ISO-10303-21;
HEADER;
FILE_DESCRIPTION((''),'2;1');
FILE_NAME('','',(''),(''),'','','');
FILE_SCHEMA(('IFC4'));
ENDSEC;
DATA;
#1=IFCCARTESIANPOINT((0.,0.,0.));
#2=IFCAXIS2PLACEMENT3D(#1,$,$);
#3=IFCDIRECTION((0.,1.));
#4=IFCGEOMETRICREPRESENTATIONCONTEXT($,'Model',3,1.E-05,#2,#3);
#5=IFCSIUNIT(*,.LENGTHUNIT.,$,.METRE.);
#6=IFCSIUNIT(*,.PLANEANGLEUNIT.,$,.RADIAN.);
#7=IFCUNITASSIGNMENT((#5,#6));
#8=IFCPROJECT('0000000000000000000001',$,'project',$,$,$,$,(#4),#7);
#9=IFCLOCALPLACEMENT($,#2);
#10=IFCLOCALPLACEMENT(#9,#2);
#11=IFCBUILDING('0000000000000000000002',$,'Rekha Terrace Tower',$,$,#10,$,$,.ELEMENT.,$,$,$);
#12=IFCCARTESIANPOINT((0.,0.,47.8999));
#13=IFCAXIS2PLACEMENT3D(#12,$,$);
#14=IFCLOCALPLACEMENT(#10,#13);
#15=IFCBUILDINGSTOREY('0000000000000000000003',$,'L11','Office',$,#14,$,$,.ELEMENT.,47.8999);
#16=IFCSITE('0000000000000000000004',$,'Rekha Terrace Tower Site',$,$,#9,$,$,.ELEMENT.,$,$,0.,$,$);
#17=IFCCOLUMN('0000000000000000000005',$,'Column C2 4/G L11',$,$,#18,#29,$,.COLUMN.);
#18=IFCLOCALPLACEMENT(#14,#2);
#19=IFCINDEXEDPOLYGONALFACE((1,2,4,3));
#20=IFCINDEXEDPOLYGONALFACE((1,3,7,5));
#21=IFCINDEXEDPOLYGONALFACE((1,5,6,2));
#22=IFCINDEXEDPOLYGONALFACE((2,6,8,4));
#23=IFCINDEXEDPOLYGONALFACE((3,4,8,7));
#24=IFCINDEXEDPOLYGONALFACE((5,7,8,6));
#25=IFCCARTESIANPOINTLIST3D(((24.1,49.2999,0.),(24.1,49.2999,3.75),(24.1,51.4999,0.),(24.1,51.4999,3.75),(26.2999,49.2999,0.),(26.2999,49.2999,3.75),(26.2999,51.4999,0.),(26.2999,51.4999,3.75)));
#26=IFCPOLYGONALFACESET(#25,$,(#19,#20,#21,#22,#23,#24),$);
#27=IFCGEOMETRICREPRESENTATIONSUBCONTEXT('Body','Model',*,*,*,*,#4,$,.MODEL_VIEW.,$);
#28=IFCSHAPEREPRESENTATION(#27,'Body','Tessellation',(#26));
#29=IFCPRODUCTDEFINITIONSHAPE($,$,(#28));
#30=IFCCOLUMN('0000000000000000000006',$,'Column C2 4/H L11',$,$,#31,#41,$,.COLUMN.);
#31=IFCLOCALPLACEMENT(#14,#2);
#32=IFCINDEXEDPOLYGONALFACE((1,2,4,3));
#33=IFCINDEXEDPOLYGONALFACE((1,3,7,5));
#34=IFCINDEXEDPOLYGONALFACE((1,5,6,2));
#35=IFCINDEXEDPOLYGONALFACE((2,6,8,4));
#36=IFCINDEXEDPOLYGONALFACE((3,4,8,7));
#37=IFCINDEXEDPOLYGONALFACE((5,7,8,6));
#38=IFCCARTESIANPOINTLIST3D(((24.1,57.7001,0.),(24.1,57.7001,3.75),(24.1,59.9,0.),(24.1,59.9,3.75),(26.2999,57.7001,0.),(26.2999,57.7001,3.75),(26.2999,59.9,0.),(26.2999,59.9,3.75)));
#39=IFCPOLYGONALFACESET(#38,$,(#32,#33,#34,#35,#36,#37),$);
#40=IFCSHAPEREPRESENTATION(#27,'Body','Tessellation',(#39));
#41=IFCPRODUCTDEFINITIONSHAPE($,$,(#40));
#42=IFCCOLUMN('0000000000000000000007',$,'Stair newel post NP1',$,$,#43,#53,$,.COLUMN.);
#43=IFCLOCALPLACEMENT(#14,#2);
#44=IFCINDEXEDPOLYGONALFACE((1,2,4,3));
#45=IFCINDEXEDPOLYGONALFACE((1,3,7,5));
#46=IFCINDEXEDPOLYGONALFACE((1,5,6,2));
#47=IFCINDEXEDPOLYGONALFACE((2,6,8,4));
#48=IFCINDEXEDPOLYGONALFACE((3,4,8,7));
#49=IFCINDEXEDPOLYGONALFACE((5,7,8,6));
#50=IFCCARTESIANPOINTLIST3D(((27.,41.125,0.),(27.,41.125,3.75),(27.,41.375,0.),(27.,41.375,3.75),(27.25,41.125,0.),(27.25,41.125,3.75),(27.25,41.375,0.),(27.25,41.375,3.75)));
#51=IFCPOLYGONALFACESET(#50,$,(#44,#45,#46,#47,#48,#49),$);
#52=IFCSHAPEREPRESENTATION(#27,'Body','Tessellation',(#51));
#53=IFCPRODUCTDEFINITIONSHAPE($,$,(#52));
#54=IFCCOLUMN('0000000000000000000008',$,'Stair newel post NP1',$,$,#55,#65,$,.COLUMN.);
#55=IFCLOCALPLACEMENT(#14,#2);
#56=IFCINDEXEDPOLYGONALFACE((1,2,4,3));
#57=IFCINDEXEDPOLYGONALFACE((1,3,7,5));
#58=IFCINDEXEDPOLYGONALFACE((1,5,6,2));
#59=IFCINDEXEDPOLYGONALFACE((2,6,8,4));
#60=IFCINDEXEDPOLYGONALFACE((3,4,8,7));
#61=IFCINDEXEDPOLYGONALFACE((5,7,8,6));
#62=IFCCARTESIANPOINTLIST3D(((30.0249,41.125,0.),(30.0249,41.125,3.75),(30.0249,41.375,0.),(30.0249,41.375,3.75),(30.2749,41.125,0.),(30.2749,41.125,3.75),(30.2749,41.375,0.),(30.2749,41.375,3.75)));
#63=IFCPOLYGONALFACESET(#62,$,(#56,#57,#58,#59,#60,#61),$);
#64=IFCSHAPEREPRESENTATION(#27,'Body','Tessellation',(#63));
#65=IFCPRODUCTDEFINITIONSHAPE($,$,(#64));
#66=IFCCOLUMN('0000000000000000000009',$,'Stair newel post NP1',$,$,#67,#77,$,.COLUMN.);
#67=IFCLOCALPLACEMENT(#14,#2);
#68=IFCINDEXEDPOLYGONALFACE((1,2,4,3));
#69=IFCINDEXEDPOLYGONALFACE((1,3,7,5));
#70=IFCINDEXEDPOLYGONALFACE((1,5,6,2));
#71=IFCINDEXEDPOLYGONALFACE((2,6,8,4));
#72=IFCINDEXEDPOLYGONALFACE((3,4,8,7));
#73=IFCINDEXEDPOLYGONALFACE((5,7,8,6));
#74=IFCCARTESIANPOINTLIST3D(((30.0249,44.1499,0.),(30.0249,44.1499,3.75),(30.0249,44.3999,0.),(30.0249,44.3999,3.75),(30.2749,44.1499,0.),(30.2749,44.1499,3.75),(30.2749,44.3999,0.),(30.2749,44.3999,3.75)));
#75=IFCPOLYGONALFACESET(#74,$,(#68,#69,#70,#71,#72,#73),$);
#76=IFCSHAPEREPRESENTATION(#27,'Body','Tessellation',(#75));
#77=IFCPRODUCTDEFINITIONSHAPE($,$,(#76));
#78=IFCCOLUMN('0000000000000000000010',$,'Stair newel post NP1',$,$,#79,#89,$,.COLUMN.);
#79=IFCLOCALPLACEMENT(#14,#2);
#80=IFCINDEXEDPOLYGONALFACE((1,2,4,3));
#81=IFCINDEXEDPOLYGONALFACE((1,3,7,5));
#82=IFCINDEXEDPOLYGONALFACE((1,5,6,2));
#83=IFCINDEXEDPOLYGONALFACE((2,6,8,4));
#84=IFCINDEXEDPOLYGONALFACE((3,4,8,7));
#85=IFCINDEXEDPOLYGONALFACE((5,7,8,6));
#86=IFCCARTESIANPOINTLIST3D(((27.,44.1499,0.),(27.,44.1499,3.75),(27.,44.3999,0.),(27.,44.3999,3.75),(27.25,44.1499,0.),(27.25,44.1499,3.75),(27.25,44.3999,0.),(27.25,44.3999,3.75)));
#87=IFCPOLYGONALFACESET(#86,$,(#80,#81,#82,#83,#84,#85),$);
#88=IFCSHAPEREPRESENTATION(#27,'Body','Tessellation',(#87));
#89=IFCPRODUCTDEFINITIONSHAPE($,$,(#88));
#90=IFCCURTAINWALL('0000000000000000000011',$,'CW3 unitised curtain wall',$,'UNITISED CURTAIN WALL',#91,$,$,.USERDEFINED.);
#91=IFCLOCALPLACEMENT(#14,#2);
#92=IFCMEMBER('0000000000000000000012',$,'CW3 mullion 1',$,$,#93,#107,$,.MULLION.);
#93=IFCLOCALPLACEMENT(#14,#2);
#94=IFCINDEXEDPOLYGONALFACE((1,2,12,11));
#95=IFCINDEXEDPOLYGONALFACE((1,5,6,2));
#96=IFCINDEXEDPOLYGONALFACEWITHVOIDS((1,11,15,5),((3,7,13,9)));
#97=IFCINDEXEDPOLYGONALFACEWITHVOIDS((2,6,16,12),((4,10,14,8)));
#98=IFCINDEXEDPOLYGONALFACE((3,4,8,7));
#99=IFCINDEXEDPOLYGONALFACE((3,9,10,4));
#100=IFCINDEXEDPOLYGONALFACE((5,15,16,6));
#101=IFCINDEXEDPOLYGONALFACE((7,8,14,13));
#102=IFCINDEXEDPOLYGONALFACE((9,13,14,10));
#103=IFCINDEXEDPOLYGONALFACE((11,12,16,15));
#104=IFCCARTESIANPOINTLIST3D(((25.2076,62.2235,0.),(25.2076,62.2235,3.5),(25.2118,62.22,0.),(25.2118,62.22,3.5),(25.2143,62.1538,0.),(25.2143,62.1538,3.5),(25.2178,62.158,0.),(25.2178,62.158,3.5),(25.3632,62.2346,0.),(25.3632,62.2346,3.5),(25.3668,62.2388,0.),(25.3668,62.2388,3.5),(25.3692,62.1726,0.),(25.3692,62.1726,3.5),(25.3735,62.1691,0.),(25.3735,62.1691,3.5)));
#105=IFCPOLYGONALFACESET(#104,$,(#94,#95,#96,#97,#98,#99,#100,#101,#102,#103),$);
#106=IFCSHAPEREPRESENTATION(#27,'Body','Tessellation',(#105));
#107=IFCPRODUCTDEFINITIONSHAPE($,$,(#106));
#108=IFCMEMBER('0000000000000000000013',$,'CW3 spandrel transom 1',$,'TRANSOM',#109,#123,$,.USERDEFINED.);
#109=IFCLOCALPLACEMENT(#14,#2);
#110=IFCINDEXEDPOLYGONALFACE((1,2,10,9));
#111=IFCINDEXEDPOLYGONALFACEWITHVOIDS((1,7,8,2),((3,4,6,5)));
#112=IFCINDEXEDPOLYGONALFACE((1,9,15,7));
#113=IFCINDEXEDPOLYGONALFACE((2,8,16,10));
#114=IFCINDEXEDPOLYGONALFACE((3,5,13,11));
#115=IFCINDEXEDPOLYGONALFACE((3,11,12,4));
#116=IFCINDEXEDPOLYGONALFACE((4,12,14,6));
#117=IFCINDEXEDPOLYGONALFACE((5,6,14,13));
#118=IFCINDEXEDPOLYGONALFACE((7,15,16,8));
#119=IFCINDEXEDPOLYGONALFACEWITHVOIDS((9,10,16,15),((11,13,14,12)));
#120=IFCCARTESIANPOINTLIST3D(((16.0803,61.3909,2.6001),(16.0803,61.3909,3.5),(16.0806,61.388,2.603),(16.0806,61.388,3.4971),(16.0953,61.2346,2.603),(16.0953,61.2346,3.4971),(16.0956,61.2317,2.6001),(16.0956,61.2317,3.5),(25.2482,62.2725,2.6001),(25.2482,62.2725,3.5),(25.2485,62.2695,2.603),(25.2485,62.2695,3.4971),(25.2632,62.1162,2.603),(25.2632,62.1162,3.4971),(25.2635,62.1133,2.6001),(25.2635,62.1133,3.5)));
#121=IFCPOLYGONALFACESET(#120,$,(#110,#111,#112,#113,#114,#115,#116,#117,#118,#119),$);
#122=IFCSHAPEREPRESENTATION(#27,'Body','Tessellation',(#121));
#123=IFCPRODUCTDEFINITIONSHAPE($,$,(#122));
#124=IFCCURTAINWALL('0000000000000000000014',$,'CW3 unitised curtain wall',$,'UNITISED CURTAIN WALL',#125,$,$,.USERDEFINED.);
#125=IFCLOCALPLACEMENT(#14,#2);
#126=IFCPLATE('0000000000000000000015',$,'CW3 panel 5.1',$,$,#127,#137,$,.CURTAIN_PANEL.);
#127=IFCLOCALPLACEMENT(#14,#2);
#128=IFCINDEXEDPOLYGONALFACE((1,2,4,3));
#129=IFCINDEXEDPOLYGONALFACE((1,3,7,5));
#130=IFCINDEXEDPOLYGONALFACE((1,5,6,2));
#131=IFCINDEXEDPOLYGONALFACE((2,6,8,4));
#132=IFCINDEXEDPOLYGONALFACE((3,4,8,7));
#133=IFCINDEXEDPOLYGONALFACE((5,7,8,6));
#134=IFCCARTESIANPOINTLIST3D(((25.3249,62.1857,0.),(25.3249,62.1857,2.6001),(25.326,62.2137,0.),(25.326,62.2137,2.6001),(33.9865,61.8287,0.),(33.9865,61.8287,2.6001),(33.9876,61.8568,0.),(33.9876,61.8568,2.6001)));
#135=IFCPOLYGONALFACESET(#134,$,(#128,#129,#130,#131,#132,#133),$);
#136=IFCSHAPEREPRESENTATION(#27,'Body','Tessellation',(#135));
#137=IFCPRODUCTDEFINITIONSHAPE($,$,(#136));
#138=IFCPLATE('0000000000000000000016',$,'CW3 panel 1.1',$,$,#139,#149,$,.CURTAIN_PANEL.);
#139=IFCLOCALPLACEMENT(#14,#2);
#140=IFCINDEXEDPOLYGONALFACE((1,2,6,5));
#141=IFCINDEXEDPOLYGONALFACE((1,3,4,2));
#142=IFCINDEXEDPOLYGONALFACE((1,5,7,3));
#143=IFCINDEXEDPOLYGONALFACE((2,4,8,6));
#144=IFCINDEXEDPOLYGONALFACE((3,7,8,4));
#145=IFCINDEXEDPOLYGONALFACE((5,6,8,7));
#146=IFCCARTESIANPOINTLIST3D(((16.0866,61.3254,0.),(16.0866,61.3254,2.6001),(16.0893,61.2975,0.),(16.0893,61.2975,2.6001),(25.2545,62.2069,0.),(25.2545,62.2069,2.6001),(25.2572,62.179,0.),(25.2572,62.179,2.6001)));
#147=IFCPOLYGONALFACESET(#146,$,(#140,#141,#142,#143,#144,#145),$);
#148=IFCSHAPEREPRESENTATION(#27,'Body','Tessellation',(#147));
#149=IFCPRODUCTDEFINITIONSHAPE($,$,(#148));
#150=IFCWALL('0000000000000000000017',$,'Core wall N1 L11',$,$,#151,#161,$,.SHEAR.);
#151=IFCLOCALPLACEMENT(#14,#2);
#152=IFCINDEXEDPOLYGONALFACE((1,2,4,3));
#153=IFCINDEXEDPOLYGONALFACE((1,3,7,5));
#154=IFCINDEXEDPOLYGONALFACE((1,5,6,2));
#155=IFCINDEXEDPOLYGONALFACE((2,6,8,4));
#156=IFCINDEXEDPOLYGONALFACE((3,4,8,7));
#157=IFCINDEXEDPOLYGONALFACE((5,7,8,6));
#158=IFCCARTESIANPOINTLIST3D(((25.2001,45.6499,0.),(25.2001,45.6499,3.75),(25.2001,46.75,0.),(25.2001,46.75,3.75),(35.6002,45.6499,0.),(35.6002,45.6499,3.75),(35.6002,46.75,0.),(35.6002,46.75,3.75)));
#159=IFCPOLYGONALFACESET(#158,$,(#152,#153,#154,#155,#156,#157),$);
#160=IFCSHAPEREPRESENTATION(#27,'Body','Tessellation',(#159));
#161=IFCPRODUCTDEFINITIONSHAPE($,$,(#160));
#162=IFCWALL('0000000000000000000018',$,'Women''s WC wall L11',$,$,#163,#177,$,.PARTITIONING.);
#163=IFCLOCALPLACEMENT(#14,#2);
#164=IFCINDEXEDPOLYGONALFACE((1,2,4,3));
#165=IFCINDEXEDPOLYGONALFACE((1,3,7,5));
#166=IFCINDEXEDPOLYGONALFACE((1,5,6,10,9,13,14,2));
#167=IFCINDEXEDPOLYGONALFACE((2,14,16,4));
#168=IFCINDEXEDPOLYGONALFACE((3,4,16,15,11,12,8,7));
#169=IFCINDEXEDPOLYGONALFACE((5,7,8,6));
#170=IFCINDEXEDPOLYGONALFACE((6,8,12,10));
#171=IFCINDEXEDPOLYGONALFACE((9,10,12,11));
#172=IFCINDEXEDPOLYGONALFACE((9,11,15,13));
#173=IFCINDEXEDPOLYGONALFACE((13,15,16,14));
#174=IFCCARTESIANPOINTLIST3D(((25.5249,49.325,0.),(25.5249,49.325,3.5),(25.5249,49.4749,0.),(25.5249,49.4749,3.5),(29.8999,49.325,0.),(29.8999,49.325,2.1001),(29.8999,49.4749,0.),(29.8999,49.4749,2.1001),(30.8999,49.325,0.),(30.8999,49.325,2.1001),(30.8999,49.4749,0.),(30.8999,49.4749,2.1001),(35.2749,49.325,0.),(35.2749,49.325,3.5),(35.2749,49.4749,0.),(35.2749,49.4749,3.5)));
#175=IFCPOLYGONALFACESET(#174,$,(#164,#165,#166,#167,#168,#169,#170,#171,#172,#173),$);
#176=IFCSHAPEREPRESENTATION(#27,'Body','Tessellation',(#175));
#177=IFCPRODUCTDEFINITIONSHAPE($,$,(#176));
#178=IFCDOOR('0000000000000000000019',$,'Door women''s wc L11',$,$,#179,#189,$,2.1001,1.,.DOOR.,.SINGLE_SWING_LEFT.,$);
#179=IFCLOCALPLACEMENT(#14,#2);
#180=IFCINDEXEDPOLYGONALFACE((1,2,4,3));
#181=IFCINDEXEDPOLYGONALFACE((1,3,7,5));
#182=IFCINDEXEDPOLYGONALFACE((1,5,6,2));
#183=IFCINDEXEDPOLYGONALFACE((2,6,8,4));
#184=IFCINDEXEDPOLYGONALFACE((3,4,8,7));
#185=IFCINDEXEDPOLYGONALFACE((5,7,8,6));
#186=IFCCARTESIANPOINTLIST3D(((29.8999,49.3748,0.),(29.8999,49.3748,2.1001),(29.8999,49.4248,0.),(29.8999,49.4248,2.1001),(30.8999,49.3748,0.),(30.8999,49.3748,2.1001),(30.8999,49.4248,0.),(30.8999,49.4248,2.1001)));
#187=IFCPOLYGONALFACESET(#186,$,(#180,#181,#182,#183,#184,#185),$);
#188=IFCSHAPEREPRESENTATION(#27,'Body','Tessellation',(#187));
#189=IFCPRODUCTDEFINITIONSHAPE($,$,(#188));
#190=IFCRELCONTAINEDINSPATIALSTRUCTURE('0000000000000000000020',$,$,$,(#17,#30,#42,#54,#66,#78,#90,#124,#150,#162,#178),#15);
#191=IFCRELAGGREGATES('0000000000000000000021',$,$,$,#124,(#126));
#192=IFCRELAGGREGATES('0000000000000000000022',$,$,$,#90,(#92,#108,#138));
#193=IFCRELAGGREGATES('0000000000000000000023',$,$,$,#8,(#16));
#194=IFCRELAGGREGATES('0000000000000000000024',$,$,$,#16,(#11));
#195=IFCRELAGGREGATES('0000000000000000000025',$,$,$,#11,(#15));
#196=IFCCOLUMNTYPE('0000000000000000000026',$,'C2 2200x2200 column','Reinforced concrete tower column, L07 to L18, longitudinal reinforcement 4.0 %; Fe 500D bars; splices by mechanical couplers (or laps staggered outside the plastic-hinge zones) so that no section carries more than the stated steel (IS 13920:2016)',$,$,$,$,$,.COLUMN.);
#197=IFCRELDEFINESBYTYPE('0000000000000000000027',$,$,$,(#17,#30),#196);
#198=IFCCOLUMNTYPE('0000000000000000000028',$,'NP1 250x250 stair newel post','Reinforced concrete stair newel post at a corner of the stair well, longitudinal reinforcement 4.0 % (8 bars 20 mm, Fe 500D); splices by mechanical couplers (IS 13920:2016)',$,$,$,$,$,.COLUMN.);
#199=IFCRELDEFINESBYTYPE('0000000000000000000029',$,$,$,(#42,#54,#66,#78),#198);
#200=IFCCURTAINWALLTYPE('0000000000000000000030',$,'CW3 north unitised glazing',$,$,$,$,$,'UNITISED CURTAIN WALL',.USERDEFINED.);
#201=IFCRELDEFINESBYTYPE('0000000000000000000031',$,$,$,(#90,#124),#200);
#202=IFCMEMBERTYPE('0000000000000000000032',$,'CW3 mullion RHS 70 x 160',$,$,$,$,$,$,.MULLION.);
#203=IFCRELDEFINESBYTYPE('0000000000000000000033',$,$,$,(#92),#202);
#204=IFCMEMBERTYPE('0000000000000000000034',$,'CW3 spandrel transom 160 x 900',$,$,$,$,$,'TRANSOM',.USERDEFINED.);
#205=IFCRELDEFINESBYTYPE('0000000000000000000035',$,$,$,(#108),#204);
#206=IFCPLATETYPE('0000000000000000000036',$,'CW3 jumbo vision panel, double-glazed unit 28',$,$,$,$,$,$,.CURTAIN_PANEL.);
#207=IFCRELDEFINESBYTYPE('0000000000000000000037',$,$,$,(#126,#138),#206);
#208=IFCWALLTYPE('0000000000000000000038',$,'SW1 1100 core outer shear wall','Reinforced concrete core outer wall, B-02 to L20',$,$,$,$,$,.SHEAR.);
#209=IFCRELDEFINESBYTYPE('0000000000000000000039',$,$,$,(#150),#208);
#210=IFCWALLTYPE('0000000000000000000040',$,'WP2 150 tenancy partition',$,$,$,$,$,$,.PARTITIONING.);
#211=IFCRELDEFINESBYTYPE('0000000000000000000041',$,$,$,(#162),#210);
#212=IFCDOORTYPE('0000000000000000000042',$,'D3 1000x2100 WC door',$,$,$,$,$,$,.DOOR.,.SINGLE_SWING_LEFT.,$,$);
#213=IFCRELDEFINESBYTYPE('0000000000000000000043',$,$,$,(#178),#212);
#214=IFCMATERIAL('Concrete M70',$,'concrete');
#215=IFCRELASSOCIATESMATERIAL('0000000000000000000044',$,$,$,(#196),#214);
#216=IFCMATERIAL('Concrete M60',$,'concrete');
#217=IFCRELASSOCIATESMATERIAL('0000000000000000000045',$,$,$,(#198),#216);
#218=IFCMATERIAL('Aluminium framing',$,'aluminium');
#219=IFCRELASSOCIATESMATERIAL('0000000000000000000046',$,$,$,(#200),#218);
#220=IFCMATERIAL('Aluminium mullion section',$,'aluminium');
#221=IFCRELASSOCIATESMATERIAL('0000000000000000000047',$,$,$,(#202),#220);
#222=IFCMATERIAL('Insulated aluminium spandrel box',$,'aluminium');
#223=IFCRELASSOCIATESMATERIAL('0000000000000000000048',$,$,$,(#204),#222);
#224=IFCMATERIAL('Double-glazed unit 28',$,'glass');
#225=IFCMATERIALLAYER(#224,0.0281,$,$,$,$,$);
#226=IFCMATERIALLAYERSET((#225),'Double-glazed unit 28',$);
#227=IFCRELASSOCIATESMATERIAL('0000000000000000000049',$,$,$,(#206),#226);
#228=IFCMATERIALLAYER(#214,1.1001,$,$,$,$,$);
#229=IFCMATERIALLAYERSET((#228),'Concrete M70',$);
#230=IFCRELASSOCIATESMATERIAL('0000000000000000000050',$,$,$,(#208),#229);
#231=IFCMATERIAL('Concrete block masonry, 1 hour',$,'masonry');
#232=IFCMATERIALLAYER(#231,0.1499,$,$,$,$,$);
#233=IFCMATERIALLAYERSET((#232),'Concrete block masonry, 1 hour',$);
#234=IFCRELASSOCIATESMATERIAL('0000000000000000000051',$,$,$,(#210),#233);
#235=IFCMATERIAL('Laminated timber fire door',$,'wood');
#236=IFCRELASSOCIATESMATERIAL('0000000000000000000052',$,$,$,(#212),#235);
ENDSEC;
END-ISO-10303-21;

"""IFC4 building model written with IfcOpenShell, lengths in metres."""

from ifc_helpers import new_model, si_unit, direction, frame, frame_2d, origin, origin_2d, place, context, subcontext, project, spatial, rectangle, hollow_rectangle, extrude, material, layer, layer_set, material_profile, profile_set, type_object, element, fill, aggregate, save


model = new_model("IFC4")

# Units and contexts
model_context = context("Model", 3, precision=1e-05, world=origin(), true_north=direction((0.0, 1.0)))
body_context = subcontext(model_context, "Body", "Model", "MODEL_VIEW")
ifc_project = project(units=[si_unit("LENGTHUNIT", "METRE"), si_unit("PLANEANGLEUNIT", "RADIAN")], contexts=[model_context])

# Site, building, storey
site_placement = place(None, origin())
site = spatial("IfcSite", under=ifc_project, at=site_placement, Name="Rekha Terrace Tower Site", CompositionType="ELEMENT", RefElevation=0.0)
building_placement = place(site_placement, origin())
building = spatial("IfcBuilding", under=site, at=building_placement, Name="Rekha Terrace Tower", CompositionType="ELEMENT")
storey_placement = place(building_placement, frame((0.0, 0.0, 47.8999)))
storey = spatial("IfcBuildingStorey", under=building, at=storey_placement, Name="L11", Description="Office", CompositionType="ELEMENT", Elevation=47.8999)

# Columns
ifc_material_1 = material(Name="Concrete M70", Category="concrete")
ifc_material_profile_1 = material_profile(ifc_material_1, rectangle(XDim=2.2, YDim=2.2, at=origin_2d()), Name="RC 2200x2200")
ifc_profile_set_1 = profile_set([ifc_material_profile_1], Name="Concrete M70")
column_type_1 = type_object("IfcColumnType", Name="C2 2200x2200 column", Description="Reinforced concrete tower column, L07 to L18, longitudinal reinforcement 4.0 %; Fe 500D bars; splices by mechanical couplers (or laps staggered outside the plastic-hinge zones) so that no section carries more than the stated steel (IS 13920:2016)", PredefinedType="COLUMN", material=ifc_profile_set_1)
for number, where, z_axis, x_axis, name in (
    (1, (25.2, 50.3999, 0.0), (0.0, 0.0, 1.0), (1.0, 0.0, 0.0), "Column C2 4/G L11"),
    (2, (25.2, 58.8, 0.0), (0.0, 0.0, 1.0), (1.0, 0.0, 0.0), "Column C2 4/H L11"),
):
    element("IfcColumn", number, at=place(storey_placement, frame(where, z_axis=z_axis, x_axis=x_axis)), inside=storey, type_object=column_type_1, Name=name, PredefinedType="COLUMN", context=body_context, shape_type="SweptSolid", body=[
        extrude(rectangle(XDim=2.2, YDim=2.2, at=origin_2d()), origin(), (0.0, 0.0, 1.0), 3.75),
    ])
ifc_material_2 = material(Name="Concrete M60", Category="concrete")
ifc_material_profile_2 = material_profile(ifc_material_2, rectangle(XDim=0.25, YDim=0.25, at=origin_2d()), Name="RC 250x250")
ifc_profile_set_2 = profile_set([ifc_material_profile_2], Name="Concrete M60")
column_type_2 = type_object("IfcColumnType", Name="NP1 250x250 stair newel post", Description="Reinforced concrete stair newel post at a corner of the stair well, longitudinal reinforcement 4.0 % (8 bars 20 mm, Fe 500D); splices by mechanical couplers (IS 13920:2016)", PredefinedType="COLUMN", material=ifc_profile_set_2)
for number, where, z_axis, x_axis, name in (
    (3, (27.125, 41.25, 0.0), (0.0, 0.0, 1.0), (1.0, 0.0, 0.0), "Stair newel post NP1"),
    (4, (30.1499, 41.25, 0.0), (0.0, 0.0, 1.0), (1.0, 0.0, 0.0), "Stair newel post NP1"),
    (5, (30.1499, 44.2749, 0.0), (0.0, 0.0, 1.0), (1.0, 0.0, 0.0), "Stair newel post NP1"),
    (6, (27.125, 44.2749, 0.0), (0.0, 0.0, 1.0), (1.0, 0.0, 0.0), "Stair newel post NP1"),
):
    element("IfcColumn", number, at=place(storey_placement, frame(where, z_axis=z_axis, x_axis=x_axis)), inside=storey, type_object=column_type_2, Name=name, PredefinedType="COLUMN", context=body_context, shape_type="SweptSolid", body=[
        extrude(rectangle(XDim=0.25, YDim=0.25, at=origin_2d()), origin(), (0.0, 0.0, 1.0), 3.75),
    ])

# Curtain wall, members
ifc_material_3 = material(Name="Aluminium framing", Category="aluminium")
curtain_wall_type = type_object("IfcCurtainWallType", Name="CW3 north unitised glazing", ElementType="UNITISED CURTAIN WALL", PredefinedType="USERDEFINED", material=ifc_material_3)
curtain_wall_1_placement = place(storey_placement, origin())
curtain_wall_1 = element("IfcCurtainWall", 7, at=curtain_wall_1_placement, inside=storey, type_object=curtain_wall_type, Name="CW3 unitised curtain wall", ObjectType="UNITISED CURTAIN WALL", PredefinedType="USERDEFINED")
ifc_material_4 = material(Name="Aluminium mullion section", Category="aluminium")
ifc_material_profile_3 = material_profile(ifc_material_4, hollow_rectangle(XDim=0.0701, YDim=0.1599, WallThickness=0.0039, at=origin_2d()), Name="AL RHS 70x160")
ifc_profile_set_3 = profile_set([ifc_material_profile_3], Name="Aluminium mullion section")
member_type_1 = type_object("IfcMemberType", Name="CW3 mullion RHS 70 x 160", PredefinedType="MULLION", material=ifc_profile_set_3)
member_1_placement = place(storey_placement, frame((25.2905, 62.1963, 0.0), z_axis=(0.0, 0.0, 1.0), x_axis=(0.095712, -0.995409, 0.0)))
member_1 = element("IfcMember", 8, at=member_1_placement, type_object=member_type_1, Name="CW3 mullion 1", PredefinedType="MULLION", context=body_context, shape_type="SweptSolid", body=[
    extrude(hollow_rectangle(XDim=0.0701, YDim=0.1599, WallThickness=0.0039, at=origin_2d()), origin(), (0.0, 0.0, 1.0), 3.5),
])
ifc_material_5 = material(Name="Insulated aluminium spandrel box", Category="aluminium")
ifc_material_profile_4 = material_profile(ifc_material_5, hollow_rectangle(XDim=0.1599, YDim=0.8999, WallThickness=0.0029, at=origin_2d()), Name="AL SPANDREL BOX 160x900")
ifc_profile_set_4 = profile_set([ifc_material_profile_4], Name="Insulated aluminium spandrel box")
member_type_2 = type_object("IfcMemberType", Name="CW3 spandrel transom 160 x 900", ElementType="TRANSOM", PredefinedType="USERDEFINED", material=ifc_profile_set_4)
member_2_placement = place(storey_placement, frame((25.2559, 62.1929, 3.05), z_axis=(-0.995408, -0.095718, 0.0), x_axis=(0.095718, -0.995408, 0.0)))
member_2 = element("IfcMember", 9, at=member_2_placement, type_object=member_type_2, Name="CW3 spandrel transom 1", ObjectType="TRANSOM", PredefinedType="USERDEFINED", context=body_context, shape_type="SweptSolid", body=[
    extrude(hollow_rectangle(XDim=0.1599, YDim=0.8999, WallThickness=0.0029, at=origin_2d()), origin(), (0.0, 0.0, 1.0), 9.2102),
])

# Curtain wall, plate
curtain_wall_2_placement = place(storey_placement, origin())
curtain_wall_2 = element("IfcCurtainWall", 10, at=curtain_wall_2_placement, inside=storey, type_object=curtain_wall_type, Name="CW3 unitised curtain wall", ObjectType="UNITISED CURTAIN WALL", PredefinedType="USERDEFINED")
ifc_material_6 = material(Name="Double-glazed unit 28", Category="glass")
ifc_layer_1 = layer(ifc_material_6, 0.0281)
ifc_layer_set_1 = layer_set([ifc_layer_1], Name="Double-glazed unit 28")
plate_type = type_object("IfcPlateType", Name="CW3 jumbo vision panel, double-glazed unit 28", PredefinedType="CURTAIN_PANEL", material=ifc_layer_set_1)
plate_1_placement = place(storey_placement, frame((29.6562, 62.0212, 0.0), z_axis=(0.0, 0.0, 1.0), x_axis=(-0.999152, 0.041174, 0.0)))
plate_1 = element("IfcPlate", 11, at=plate_1_placement, type_object=plate_type, Name="CW3 panel 5.1", PredefinedType="CURTAIN_PANEL", context=body_context, shape_type="SweptSolid", body=[
    extrude(rectangle(XDim=8.6689, YDim=0.0281, at=origin_2d()), origin(), (0.0, 0.0, 1.0), 2.6001),
])
aggregate(curtain_wall_2, [plate_1])

# Plate
plate_2_placement = place(storey_placement, frame((20.6719, 61.7522, 0.0), z_axis=(0.0, 0.0, 1.0), x_axis=(-0.995409, -0.095712, 0.0)))
plate_2 = element("IfcPlate", 12, at=plate_2_placement, type_object=plate_type, Name="CW3 panel 1.1", PredefinedType="CURTAIN_PANEL", context=body_context, shape_type="SweptSolid", body=[
    extrude(rectangle(XDim=9.2102, YDim=0.0281, at=origin_2d()), origin(), (0.0, 0.0, 1.0), 2.6001),
])
aggregate(curtain_wall_1, [member_1, member_2, plate_2])

# Wall
ifc_layer_2 = layer(ifc_material_1, 1.1001)
ifc_layer_set_2 = layer_set([ifc_layer_2], Name="Concrete M70")
wall_type_1 = type_object("IfcWallType", Name="SW1 1100 core outer shear wall", Description="Reinforced concrete core outer wall, B-02 to L20", PredefinedType="SHEAR", material=ifc_layer_set_2)
wall_1_placement = place(storey_placement, frame((25.2, 46.2, 0.0), z_axis=(0.0, 0.0, 1.0), x_axis=(1.0, 0.0, 0.0)))
element("IfcWall", 13, at=wall_1_placement, inside=storey, type_object=wall_type_1, Name="Core wall N1 L11", PredefinedType="SHEAR", context=body_context, shape_type="SweptSolid", body=[
    extrude(rectangle(XDim=10.4001, YDim=1.1001, at=frame_2d((5.2002, 0.0))), origin(), (0.0, 0.0, 1.0), 3.75),
])

# Wall, opening, door
ifc_material_7 = material(Name="Concrete block masonry, 1 hour", Category="masonry")
ifc_layer_3 = layer(ifc_material_7, 0.1499)
ifc_layer_set_3 = layer_set([ifc_layer_3], Name="Concrete block masonry, 1 hour")
wall_type_2 = type_object("IfcWallType", Name="WP2 150 tenancy partition", PredefinedType="PARTITIONING", material=ifc_layer_set_3)
wall_2_placement = place(storey_placement, frame((25.5249, 49.3999, 0.0), z_axis=(0.0, 0.0, 1.0), x_axis=(1.0, 0.0, 0.0)))
wall_2 = element("IfcWall", 14, at=wall_2_placement, inside=storey, type_object=wall_type_2, Name="Women's WC wall L11", PredefinedType="PARTITIONING", context=body_context, shape_type="SweptSolid", body=[
    extrude(rectangle(XDim=9.75, YDim=0.1499, at=frame_2d((4.875, 0.0))), origin(), (0.0, 0.0, 1.0), 3.5),
])
opening_1_placement = place(wall_2_placement, frame((4.375, 0.0, 0.0)))
opening_1 = element("IfcOpeningElement", 15, at=opening_1_placement, cuts=wall_2, PredefinedType="OPENING", context=body_context, shape_type="SweptSolid", body=[
    extrude(rectangle(XDim=1.0, YDim=2.1001, at=frame_2d((0.5, 1.05))), frame((0.0, 0.085, 0.0), z_axis=(0.0, -1.0, 0.0), x_axis=(1.0, 0.0, 0.0)), (0.0, 0.0, 1.0), 0.1699),
])
ifc_material_8 = material(Name="Laminated timber fire door", Category="wood")
door_type_1 = type_object("IfcDoorType", Name="D3 1000x2100 WC door", OperationType="SINGLE_SWING_LEFT", PredefinedType="DOOR", material=ifc_material_8)
door_1_placement = place(opening_1_placement, origin())
door_1 = element("IfcDoor", 16, at=door_1_placement, inside=storey, type_object=door_type_1, Name="Door women's wc L11", OperationType="SINGLE_SWING_LEFT", OverallHeight=2.1001, OverallWidth=1.0, PredefinedType="DOOR", context=body_context, shape_type="SweptSolid", body=[
    extrude(rectangle(XDim=1.0, YDim=2.1001, at=frame_2d((0.5, 1.05))), frame((0.0, 0.0249, 0.0), z_axis=(0.0, -1.0, 0.0), x_axis=(1.0, 0.0, 0.0)), (0.0, 0.0, 1.0), 0.05),
])
fill(opening_1, door_1)

save(model, "model.ifc")
